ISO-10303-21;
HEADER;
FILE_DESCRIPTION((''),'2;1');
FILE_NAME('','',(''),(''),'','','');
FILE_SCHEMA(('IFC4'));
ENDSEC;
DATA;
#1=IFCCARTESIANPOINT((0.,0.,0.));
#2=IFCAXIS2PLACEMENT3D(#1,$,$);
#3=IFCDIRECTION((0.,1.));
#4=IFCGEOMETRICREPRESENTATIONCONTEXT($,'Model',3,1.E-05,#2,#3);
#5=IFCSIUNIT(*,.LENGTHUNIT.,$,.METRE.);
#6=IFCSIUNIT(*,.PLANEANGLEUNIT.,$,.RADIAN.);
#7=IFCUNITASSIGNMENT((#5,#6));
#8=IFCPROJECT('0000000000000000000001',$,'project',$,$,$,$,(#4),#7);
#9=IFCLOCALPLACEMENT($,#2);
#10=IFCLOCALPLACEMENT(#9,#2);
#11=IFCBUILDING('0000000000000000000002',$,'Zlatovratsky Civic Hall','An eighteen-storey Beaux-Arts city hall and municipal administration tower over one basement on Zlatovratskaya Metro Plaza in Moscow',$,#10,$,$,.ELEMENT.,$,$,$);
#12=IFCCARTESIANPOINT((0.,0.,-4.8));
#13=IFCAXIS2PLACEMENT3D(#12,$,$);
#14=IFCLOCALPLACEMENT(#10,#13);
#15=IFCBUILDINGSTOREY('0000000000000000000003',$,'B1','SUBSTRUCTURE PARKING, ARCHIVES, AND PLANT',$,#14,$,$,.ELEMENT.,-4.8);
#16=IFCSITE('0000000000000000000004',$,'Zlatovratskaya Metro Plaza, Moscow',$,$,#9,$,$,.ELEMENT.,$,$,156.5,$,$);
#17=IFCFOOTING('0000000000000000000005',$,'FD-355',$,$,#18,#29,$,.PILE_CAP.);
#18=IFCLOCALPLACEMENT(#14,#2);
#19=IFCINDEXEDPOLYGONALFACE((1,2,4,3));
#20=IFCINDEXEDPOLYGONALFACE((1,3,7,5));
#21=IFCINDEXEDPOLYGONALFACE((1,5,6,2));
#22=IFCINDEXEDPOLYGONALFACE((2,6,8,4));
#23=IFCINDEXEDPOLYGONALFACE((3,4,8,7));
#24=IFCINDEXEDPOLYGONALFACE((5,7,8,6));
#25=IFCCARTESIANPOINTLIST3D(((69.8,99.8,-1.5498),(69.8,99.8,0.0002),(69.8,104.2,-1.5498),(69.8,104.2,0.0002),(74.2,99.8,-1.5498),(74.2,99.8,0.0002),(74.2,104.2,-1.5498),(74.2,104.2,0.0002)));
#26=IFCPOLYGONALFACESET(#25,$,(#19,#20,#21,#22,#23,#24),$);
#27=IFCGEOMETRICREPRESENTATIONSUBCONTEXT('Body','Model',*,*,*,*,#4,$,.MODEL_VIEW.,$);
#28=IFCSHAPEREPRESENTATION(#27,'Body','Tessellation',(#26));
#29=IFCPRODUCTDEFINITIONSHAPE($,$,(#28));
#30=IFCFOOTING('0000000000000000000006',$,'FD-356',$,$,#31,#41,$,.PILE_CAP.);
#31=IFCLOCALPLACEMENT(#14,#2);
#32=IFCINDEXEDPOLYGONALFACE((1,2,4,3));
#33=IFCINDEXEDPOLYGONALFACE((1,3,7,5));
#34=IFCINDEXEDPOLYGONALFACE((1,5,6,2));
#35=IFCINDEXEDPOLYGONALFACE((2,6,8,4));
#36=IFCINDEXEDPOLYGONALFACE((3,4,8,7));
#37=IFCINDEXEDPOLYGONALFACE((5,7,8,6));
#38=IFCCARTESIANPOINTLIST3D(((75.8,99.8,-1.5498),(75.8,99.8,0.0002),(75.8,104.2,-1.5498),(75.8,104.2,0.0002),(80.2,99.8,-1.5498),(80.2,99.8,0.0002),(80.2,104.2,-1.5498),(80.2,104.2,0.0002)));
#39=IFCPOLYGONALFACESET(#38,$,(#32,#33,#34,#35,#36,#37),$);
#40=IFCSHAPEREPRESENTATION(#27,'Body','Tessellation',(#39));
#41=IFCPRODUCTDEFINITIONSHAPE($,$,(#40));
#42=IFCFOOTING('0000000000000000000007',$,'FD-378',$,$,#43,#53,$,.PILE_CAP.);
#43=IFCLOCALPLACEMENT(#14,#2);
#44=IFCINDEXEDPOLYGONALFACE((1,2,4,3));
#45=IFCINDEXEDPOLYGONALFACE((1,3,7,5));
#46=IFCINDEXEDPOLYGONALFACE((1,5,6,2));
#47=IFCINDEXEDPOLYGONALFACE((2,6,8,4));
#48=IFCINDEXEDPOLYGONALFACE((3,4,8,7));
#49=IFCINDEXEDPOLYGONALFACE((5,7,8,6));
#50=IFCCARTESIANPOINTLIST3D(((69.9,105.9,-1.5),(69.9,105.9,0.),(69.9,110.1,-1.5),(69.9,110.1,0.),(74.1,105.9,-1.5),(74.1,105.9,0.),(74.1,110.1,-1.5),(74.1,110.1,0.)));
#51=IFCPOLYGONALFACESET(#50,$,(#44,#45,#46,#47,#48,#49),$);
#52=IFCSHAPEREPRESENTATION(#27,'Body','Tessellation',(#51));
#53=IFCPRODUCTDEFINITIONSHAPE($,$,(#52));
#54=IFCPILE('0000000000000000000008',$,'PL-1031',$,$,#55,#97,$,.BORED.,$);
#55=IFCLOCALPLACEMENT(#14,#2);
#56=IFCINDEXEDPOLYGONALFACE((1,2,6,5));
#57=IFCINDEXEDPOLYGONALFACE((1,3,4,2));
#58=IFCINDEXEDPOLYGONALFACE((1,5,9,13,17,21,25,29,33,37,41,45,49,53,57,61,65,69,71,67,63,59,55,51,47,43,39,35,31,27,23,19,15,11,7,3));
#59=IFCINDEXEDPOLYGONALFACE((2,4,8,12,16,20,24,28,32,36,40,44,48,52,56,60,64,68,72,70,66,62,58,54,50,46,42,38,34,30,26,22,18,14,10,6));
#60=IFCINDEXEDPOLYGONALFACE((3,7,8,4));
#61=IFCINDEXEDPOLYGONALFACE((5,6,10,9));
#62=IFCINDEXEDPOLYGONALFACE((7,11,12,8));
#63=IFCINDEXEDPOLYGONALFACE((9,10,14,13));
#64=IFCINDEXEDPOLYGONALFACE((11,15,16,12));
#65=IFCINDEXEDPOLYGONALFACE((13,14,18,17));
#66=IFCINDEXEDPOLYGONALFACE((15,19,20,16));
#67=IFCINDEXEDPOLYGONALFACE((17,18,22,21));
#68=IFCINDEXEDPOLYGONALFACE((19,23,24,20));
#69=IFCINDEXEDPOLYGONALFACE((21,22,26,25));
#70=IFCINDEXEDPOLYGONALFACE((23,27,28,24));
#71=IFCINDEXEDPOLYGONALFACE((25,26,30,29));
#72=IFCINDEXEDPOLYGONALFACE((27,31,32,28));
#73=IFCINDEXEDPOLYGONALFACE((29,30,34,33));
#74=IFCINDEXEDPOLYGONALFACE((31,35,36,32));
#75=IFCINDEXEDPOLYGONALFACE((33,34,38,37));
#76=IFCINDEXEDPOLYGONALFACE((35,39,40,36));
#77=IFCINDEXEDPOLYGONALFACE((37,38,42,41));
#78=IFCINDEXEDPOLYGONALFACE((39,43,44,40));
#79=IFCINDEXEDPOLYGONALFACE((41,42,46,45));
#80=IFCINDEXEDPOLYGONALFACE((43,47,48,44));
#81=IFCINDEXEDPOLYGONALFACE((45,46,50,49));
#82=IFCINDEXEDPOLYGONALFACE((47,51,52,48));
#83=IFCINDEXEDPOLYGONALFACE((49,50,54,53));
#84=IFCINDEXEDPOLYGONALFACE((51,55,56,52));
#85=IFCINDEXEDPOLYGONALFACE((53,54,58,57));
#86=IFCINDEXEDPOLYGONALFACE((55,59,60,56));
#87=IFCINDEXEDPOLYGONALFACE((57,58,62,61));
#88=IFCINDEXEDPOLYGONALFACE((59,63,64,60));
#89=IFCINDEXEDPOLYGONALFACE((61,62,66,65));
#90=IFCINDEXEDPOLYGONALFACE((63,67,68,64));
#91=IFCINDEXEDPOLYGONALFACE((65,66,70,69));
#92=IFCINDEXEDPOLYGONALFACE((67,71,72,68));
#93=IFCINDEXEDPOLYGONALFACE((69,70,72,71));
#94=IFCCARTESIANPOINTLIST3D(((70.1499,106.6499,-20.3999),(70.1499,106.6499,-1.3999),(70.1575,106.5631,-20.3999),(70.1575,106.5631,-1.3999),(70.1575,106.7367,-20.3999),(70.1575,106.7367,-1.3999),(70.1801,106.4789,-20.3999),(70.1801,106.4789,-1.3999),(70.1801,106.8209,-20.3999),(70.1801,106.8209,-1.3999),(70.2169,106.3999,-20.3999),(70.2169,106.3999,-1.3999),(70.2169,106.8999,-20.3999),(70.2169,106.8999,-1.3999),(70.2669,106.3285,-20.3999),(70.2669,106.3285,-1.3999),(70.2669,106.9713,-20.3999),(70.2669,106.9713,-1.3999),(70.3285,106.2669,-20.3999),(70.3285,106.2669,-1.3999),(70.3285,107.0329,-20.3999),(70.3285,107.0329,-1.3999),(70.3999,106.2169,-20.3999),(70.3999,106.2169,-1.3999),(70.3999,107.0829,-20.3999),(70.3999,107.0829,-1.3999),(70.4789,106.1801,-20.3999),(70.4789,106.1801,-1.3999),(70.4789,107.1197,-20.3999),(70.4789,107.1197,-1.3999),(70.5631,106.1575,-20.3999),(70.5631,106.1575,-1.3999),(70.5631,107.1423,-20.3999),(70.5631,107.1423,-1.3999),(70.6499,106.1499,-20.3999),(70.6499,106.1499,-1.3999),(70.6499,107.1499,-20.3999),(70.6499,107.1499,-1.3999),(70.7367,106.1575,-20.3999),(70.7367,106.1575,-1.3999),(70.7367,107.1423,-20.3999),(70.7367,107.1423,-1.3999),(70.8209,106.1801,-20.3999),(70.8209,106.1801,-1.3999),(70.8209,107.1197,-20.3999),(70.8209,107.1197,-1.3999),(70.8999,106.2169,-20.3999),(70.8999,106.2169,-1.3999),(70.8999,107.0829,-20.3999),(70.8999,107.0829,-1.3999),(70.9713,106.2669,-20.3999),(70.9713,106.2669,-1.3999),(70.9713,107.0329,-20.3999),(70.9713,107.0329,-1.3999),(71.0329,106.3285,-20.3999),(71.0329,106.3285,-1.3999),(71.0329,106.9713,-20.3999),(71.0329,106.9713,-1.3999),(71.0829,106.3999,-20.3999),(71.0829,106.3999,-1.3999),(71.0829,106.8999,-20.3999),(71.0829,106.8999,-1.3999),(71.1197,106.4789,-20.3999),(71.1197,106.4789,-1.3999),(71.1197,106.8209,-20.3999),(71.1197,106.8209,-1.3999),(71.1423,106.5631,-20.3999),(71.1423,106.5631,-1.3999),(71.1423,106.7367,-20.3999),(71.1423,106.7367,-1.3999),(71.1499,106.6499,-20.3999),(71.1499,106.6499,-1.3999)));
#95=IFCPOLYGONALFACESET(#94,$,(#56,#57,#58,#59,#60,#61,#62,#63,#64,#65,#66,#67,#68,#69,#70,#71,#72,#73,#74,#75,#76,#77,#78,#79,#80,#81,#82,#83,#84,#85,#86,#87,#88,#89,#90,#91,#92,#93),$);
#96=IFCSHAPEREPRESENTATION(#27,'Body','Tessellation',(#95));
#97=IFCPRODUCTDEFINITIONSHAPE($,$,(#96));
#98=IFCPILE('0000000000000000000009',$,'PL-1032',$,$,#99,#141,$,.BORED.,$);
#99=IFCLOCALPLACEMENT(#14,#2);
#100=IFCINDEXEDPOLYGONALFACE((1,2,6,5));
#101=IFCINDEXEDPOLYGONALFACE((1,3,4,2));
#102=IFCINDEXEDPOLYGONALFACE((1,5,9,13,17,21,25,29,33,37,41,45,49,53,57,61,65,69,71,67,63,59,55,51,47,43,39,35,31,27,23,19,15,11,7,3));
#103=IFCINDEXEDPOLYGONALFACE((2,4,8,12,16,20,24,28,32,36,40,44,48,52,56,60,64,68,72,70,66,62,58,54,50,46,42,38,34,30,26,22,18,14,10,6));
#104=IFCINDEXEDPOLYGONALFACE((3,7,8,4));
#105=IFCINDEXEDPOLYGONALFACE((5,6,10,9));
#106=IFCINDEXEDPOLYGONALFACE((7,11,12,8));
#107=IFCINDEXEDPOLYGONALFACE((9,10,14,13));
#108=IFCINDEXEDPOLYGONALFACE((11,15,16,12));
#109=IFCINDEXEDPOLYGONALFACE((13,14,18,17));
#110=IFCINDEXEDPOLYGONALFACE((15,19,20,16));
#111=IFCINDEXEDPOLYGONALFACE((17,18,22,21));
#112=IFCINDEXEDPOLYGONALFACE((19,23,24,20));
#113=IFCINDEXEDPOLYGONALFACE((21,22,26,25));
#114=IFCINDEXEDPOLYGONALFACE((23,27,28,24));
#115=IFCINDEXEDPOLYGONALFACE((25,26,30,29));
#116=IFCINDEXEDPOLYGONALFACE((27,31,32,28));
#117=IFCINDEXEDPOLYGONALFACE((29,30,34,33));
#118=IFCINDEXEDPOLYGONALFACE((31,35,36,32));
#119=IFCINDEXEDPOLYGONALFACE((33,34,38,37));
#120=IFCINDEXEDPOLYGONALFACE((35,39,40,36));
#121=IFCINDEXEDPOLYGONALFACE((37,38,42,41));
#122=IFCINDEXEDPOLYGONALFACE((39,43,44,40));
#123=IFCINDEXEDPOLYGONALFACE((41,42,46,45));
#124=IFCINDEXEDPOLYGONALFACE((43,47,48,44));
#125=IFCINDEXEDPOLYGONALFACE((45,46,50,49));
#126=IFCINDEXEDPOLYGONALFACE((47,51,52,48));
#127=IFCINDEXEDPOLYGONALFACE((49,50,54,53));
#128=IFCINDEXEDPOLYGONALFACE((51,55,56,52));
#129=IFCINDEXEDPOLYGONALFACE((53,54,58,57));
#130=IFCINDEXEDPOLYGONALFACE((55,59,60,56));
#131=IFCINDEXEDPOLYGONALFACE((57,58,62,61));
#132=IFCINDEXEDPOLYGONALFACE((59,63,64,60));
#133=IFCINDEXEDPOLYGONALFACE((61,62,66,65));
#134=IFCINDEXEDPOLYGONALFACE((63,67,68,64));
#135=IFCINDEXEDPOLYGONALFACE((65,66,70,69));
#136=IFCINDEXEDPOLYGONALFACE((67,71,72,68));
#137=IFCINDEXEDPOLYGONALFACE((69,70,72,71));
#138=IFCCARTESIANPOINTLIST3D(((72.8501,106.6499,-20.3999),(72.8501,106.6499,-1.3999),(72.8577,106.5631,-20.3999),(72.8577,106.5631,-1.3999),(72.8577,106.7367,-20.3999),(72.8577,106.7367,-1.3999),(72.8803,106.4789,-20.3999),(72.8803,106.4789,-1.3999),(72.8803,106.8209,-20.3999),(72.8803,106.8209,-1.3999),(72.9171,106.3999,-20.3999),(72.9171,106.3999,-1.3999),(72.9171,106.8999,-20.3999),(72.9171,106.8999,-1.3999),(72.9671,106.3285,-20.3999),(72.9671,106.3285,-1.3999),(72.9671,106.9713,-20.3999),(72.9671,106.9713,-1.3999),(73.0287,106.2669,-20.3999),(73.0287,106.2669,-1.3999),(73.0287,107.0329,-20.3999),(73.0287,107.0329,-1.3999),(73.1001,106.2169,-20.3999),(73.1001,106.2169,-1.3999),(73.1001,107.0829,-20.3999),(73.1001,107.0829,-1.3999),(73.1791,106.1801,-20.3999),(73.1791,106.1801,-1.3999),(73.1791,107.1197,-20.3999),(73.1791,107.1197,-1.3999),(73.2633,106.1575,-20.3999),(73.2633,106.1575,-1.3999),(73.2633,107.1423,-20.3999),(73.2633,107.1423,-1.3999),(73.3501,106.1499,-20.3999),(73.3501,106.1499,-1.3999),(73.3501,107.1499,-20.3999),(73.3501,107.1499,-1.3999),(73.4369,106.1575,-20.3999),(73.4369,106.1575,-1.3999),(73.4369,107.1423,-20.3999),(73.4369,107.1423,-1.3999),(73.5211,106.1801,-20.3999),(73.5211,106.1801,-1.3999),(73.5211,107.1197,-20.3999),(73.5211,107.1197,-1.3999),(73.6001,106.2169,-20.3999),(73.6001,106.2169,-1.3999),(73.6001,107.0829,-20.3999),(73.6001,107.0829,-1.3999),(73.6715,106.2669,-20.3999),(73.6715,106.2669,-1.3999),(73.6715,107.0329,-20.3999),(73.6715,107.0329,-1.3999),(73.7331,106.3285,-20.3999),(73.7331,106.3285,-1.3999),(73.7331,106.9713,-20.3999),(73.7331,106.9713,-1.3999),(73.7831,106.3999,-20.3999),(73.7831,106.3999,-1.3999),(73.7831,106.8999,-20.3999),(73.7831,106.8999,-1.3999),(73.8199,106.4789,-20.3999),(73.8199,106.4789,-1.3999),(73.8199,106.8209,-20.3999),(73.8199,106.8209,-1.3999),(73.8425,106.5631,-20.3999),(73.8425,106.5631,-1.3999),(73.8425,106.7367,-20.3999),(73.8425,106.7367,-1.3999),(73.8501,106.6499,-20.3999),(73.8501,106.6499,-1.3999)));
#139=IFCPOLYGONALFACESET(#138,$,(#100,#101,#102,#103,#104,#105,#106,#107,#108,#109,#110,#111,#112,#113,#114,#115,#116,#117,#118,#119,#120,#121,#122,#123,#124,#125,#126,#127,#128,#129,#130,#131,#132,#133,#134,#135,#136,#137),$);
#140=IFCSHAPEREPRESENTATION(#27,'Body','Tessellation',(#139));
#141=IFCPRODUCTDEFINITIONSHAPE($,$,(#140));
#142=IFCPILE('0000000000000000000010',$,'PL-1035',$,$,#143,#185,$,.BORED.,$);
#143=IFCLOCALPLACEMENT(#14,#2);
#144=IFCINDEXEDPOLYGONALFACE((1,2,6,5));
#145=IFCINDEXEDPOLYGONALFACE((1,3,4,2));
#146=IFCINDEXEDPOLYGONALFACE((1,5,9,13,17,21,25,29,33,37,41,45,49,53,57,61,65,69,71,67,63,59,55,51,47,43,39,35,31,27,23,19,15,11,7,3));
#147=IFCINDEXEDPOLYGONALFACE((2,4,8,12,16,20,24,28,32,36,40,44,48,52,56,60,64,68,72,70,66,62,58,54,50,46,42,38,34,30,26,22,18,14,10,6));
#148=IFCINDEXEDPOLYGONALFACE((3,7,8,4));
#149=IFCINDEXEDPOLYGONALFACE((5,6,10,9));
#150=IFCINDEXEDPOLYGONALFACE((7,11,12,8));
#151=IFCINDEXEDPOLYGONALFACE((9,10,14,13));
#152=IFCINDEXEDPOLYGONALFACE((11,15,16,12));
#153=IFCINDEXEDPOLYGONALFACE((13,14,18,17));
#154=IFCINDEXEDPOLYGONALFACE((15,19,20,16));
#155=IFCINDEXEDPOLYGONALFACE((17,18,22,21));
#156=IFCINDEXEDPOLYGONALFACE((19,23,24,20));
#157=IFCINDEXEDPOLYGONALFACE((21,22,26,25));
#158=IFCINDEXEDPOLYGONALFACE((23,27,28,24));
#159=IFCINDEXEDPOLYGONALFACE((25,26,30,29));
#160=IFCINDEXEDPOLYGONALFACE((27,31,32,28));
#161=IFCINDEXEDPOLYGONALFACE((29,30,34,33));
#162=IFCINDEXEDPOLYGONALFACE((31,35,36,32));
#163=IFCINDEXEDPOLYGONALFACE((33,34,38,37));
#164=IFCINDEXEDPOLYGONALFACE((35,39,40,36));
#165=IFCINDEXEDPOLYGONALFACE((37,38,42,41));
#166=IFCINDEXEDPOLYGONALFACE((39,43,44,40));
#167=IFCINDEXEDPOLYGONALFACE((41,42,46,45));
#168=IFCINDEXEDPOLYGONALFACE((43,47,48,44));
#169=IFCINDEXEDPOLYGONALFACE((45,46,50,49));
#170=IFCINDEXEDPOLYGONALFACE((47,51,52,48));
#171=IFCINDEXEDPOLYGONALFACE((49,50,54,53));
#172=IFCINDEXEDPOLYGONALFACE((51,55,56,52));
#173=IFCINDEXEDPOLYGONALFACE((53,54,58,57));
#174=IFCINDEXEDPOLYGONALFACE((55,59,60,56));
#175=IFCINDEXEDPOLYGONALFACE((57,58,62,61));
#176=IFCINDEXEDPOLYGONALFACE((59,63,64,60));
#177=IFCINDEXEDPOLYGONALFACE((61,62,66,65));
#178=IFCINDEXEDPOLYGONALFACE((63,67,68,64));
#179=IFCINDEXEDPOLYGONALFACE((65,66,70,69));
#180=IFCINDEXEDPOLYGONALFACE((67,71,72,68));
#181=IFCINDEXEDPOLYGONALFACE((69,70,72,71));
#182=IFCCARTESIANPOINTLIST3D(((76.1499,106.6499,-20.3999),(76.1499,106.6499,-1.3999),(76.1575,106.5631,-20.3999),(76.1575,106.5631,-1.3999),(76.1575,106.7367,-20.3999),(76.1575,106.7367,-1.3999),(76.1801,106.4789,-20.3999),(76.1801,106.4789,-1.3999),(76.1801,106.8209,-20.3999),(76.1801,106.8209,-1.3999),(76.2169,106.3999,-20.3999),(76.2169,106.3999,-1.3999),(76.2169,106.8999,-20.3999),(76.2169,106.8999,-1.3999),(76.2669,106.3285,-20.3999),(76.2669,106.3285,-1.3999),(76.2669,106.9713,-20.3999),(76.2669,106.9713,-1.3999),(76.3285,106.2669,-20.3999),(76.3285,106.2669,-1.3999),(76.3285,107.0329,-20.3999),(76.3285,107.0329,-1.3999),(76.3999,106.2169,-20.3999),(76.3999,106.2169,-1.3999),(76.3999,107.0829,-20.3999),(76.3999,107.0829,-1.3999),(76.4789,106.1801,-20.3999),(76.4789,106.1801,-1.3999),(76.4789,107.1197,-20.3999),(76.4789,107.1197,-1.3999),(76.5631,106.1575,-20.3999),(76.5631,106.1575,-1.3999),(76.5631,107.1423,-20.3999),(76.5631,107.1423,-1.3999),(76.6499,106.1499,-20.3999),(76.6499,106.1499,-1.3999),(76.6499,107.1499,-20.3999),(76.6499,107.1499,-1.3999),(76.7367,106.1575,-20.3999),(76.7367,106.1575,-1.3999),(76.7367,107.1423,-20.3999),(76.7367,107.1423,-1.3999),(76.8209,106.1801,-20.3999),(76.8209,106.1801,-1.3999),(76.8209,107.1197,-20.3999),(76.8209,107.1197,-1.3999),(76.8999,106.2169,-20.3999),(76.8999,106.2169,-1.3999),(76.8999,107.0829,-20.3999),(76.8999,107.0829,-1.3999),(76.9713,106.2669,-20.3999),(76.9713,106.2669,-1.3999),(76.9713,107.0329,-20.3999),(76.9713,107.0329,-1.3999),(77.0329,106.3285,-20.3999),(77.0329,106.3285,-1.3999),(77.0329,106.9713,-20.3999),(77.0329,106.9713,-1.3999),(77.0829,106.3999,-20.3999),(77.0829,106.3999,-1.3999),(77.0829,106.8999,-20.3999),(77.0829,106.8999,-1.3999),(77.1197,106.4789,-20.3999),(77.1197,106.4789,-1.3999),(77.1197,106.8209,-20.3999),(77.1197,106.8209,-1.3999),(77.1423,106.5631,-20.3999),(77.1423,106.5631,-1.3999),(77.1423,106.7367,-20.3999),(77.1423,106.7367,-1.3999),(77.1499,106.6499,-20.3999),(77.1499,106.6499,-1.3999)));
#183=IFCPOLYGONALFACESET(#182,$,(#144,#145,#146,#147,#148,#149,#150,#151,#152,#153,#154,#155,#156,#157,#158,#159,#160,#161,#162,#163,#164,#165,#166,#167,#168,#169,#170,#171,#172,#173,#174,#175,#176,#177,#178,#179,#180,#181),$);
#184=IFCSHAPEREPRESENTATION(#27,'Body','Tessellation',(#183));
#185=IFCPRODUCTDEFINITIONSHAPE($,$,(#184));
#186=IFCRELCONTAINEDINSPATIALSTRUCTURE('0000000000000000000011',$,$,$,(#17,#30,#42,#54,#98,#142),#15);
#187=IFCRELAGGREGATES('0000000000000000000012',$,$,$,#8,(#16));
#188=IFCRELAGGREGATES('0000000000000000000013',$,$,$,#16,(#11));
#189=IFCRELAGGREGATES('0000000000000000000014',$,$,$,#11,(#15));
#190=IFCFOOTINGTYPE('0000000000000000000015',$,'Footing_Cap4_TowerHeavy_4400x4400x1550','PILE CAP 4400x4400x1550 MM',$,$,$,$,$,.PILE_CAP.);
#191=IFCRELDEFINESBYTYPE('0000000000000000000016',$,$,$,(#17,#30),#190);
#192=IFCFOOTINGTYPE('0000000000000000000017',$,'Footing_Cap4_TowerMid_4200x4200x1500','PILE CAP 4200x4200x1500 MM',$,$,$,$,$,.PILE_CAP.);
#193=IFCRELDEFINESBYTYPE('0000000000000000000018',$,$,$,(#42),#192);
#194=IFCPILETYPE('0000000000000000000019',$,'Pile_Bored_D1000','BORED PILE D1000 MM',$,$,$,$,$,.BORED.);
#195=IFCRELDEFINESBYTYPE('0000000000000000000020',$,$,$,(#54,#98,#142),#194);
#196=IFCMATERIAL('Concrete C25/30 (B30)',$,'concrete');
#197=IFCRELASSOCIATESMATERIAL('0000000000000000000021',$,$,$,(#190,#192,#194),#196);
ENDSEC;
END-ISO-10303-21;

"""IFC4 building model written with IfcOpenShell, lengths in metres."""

from ifc_helpers import new_model, si_unit, direction, frame, origin, origin_2d, place, context, subcontext, project, spatial, rectangle, circle, extrude, material, material_profile, profile_set, type_object, element, save


model = new_model("IFC4")

# Units and contexts
model_context = context("Model", 3, precision=1e-05, world=origin(), true_north=direction((0.0, 1.0)))
body_context = subcontext(model_context, "Body", "Model", "MODEL_VIEW")
ifc_project = project(units=[si_unit("LENGTHUNIT", "METRE"), si_unit("PLANEANGLEUNIT", "RADIAN")], contexts=[model_context])

# Site, building, storey
site_placement = place(None, origin())
site = spatial("IfcSite", under=ifc_project, at=site_placement, Name="Zlatovratskaya Metro Plaza, Moscow", CompositionType="ELEMENT", RefElevation=156.5)
building_placement = place(site_placement, origin())
building = spatial("IfcBuilding", under=site, at=building_placement, Name="Zlatovratsky Civic Hall", Description="An eighteen-storey Beaux-Arts city hall and municipal administration tower over one basement on Zlatovratskaya Metro Plaza in Moscow", CompositionType="ELEMENT")
storey_placement = place(building_placement, frame((0.0, 0.0, -4.8)))
storey = spatial("IfcBuildingStorey", under=building, at=storey_placement, Name="B1", Description="SUBSTRUCTURE PARKING, ARCHIVES, AND PLANT", CompositionType="ELEMENT", Elevation=-4.8)

# Footings
ifc_material_1 = material(Name="Concrete C25/30 (B30)", Category="concrete")
footing_type_1 = type_object("IfcFootingType", Name="Footing_Cap4_TowerHeavy_4400x4400x1550", Description="PILE CAP 4400x4400x1550 MM", PredefinedType="PILE_CAP", material=ifc_material_1)
for number, where, z_axis, x_axis, name in (
    (1, (72.0, 102.0, -1.5498), (0.0, 0.0, 1.0), (1.0, 0.0, 0.0), "FD-355"),
    (2, (78.0, 102.0, -1.5498), (0.0, 0.0, 1.0), (1.0, 0.0, 0.0), "FD-356"),
):
    element("IfcFooting", number, at=place(storey_placement, frame(where, z_axis=z_axis, x_axis=x_axis)), inside=storey, type_object=footing_type_1, Name=name, PredefinedType="PILE_CAP", context=body_context, shape_type="SweptSolid", body=[
        extrude(rectangle(XDim=4.3999, YDim=4.3999, at=origin_2d()), origin(), (0.0, 0.0, 1.0), 1.55),
    ])
footing_type_2 = type_object("IfcFootingType", Name="Footing_Cap4_TowerMid_4200x4200x1500", Description="PILE CAP 4200x4200x1500 MM", PredefinedType="PILE_CAP", material=ifc_material_1)
footing_placement = place(storey_placement, frame((72.0, 108.0, -1.5), z_axis=(0.0, 0.0, 1.0), x_axis=(1.0, 0.0, 0.0)))
element("IfcFooting", 3, at=footing_placement, inside=storey, type_object=footing_type_2, Name="FD-378", PredefinedType="PILE_CAP", context=body_context, shape_type="SweptSolid", body=[
    extrude(rectangle(XDim=4.2, YDim=4.2, at=origin_2d()), origin(), (0.0, 0.0, 1.0), 1.5),
])

# Piles
ifc_material_profile_1 = material_profile(ifc_material_1, circle(Radius=0.5, at=origin_2d()), Name="PILE D1000")
ifc_profile_set_1 = profile_set([ifc_material_profile_1], Name="Concrete C25/30 (B30)")
pile_type_1 = type_object("IfcPileType", Name="Pile_Bored_D1000", Description="BORED PILE D1000 MM", PredefinedType="BORED", material=ifc_profile_set_1)
for number, where, z_axis, x_axis, name in (
    (4, (70.6499, 106.6499, -1.3999), (0.0, 0.0, -1.0), (1.0, 0.0, 0.0), "PL-1031"),
    (5, (73.3501, 106.6499, -1.3999), (0.0, 0.0, -1.0), (1.0, 0.0, 0.0), "PL-1032"),
    (6, (76.6499, 106.6499, -1.3999), (0.0, 0.0, -1.0), (1.0, 0.0, 0.0), "PL-1035"),
):
    element("IfcPile", number, at=place(storey_placement, frame(where, z_axis=z_axis, x_axis=x_axis)), inside=storey, type_object=pile_type_1, Name=name, PredefinedType="BORED", context=body_context, shape_type="SweptSolid", body=[
        extrude(circle(Radius=0.5, at=origin_2d()), origin(), (0.0, 0.0, 1.0), 19.0),
    ])

save(model, "model.ifc")
